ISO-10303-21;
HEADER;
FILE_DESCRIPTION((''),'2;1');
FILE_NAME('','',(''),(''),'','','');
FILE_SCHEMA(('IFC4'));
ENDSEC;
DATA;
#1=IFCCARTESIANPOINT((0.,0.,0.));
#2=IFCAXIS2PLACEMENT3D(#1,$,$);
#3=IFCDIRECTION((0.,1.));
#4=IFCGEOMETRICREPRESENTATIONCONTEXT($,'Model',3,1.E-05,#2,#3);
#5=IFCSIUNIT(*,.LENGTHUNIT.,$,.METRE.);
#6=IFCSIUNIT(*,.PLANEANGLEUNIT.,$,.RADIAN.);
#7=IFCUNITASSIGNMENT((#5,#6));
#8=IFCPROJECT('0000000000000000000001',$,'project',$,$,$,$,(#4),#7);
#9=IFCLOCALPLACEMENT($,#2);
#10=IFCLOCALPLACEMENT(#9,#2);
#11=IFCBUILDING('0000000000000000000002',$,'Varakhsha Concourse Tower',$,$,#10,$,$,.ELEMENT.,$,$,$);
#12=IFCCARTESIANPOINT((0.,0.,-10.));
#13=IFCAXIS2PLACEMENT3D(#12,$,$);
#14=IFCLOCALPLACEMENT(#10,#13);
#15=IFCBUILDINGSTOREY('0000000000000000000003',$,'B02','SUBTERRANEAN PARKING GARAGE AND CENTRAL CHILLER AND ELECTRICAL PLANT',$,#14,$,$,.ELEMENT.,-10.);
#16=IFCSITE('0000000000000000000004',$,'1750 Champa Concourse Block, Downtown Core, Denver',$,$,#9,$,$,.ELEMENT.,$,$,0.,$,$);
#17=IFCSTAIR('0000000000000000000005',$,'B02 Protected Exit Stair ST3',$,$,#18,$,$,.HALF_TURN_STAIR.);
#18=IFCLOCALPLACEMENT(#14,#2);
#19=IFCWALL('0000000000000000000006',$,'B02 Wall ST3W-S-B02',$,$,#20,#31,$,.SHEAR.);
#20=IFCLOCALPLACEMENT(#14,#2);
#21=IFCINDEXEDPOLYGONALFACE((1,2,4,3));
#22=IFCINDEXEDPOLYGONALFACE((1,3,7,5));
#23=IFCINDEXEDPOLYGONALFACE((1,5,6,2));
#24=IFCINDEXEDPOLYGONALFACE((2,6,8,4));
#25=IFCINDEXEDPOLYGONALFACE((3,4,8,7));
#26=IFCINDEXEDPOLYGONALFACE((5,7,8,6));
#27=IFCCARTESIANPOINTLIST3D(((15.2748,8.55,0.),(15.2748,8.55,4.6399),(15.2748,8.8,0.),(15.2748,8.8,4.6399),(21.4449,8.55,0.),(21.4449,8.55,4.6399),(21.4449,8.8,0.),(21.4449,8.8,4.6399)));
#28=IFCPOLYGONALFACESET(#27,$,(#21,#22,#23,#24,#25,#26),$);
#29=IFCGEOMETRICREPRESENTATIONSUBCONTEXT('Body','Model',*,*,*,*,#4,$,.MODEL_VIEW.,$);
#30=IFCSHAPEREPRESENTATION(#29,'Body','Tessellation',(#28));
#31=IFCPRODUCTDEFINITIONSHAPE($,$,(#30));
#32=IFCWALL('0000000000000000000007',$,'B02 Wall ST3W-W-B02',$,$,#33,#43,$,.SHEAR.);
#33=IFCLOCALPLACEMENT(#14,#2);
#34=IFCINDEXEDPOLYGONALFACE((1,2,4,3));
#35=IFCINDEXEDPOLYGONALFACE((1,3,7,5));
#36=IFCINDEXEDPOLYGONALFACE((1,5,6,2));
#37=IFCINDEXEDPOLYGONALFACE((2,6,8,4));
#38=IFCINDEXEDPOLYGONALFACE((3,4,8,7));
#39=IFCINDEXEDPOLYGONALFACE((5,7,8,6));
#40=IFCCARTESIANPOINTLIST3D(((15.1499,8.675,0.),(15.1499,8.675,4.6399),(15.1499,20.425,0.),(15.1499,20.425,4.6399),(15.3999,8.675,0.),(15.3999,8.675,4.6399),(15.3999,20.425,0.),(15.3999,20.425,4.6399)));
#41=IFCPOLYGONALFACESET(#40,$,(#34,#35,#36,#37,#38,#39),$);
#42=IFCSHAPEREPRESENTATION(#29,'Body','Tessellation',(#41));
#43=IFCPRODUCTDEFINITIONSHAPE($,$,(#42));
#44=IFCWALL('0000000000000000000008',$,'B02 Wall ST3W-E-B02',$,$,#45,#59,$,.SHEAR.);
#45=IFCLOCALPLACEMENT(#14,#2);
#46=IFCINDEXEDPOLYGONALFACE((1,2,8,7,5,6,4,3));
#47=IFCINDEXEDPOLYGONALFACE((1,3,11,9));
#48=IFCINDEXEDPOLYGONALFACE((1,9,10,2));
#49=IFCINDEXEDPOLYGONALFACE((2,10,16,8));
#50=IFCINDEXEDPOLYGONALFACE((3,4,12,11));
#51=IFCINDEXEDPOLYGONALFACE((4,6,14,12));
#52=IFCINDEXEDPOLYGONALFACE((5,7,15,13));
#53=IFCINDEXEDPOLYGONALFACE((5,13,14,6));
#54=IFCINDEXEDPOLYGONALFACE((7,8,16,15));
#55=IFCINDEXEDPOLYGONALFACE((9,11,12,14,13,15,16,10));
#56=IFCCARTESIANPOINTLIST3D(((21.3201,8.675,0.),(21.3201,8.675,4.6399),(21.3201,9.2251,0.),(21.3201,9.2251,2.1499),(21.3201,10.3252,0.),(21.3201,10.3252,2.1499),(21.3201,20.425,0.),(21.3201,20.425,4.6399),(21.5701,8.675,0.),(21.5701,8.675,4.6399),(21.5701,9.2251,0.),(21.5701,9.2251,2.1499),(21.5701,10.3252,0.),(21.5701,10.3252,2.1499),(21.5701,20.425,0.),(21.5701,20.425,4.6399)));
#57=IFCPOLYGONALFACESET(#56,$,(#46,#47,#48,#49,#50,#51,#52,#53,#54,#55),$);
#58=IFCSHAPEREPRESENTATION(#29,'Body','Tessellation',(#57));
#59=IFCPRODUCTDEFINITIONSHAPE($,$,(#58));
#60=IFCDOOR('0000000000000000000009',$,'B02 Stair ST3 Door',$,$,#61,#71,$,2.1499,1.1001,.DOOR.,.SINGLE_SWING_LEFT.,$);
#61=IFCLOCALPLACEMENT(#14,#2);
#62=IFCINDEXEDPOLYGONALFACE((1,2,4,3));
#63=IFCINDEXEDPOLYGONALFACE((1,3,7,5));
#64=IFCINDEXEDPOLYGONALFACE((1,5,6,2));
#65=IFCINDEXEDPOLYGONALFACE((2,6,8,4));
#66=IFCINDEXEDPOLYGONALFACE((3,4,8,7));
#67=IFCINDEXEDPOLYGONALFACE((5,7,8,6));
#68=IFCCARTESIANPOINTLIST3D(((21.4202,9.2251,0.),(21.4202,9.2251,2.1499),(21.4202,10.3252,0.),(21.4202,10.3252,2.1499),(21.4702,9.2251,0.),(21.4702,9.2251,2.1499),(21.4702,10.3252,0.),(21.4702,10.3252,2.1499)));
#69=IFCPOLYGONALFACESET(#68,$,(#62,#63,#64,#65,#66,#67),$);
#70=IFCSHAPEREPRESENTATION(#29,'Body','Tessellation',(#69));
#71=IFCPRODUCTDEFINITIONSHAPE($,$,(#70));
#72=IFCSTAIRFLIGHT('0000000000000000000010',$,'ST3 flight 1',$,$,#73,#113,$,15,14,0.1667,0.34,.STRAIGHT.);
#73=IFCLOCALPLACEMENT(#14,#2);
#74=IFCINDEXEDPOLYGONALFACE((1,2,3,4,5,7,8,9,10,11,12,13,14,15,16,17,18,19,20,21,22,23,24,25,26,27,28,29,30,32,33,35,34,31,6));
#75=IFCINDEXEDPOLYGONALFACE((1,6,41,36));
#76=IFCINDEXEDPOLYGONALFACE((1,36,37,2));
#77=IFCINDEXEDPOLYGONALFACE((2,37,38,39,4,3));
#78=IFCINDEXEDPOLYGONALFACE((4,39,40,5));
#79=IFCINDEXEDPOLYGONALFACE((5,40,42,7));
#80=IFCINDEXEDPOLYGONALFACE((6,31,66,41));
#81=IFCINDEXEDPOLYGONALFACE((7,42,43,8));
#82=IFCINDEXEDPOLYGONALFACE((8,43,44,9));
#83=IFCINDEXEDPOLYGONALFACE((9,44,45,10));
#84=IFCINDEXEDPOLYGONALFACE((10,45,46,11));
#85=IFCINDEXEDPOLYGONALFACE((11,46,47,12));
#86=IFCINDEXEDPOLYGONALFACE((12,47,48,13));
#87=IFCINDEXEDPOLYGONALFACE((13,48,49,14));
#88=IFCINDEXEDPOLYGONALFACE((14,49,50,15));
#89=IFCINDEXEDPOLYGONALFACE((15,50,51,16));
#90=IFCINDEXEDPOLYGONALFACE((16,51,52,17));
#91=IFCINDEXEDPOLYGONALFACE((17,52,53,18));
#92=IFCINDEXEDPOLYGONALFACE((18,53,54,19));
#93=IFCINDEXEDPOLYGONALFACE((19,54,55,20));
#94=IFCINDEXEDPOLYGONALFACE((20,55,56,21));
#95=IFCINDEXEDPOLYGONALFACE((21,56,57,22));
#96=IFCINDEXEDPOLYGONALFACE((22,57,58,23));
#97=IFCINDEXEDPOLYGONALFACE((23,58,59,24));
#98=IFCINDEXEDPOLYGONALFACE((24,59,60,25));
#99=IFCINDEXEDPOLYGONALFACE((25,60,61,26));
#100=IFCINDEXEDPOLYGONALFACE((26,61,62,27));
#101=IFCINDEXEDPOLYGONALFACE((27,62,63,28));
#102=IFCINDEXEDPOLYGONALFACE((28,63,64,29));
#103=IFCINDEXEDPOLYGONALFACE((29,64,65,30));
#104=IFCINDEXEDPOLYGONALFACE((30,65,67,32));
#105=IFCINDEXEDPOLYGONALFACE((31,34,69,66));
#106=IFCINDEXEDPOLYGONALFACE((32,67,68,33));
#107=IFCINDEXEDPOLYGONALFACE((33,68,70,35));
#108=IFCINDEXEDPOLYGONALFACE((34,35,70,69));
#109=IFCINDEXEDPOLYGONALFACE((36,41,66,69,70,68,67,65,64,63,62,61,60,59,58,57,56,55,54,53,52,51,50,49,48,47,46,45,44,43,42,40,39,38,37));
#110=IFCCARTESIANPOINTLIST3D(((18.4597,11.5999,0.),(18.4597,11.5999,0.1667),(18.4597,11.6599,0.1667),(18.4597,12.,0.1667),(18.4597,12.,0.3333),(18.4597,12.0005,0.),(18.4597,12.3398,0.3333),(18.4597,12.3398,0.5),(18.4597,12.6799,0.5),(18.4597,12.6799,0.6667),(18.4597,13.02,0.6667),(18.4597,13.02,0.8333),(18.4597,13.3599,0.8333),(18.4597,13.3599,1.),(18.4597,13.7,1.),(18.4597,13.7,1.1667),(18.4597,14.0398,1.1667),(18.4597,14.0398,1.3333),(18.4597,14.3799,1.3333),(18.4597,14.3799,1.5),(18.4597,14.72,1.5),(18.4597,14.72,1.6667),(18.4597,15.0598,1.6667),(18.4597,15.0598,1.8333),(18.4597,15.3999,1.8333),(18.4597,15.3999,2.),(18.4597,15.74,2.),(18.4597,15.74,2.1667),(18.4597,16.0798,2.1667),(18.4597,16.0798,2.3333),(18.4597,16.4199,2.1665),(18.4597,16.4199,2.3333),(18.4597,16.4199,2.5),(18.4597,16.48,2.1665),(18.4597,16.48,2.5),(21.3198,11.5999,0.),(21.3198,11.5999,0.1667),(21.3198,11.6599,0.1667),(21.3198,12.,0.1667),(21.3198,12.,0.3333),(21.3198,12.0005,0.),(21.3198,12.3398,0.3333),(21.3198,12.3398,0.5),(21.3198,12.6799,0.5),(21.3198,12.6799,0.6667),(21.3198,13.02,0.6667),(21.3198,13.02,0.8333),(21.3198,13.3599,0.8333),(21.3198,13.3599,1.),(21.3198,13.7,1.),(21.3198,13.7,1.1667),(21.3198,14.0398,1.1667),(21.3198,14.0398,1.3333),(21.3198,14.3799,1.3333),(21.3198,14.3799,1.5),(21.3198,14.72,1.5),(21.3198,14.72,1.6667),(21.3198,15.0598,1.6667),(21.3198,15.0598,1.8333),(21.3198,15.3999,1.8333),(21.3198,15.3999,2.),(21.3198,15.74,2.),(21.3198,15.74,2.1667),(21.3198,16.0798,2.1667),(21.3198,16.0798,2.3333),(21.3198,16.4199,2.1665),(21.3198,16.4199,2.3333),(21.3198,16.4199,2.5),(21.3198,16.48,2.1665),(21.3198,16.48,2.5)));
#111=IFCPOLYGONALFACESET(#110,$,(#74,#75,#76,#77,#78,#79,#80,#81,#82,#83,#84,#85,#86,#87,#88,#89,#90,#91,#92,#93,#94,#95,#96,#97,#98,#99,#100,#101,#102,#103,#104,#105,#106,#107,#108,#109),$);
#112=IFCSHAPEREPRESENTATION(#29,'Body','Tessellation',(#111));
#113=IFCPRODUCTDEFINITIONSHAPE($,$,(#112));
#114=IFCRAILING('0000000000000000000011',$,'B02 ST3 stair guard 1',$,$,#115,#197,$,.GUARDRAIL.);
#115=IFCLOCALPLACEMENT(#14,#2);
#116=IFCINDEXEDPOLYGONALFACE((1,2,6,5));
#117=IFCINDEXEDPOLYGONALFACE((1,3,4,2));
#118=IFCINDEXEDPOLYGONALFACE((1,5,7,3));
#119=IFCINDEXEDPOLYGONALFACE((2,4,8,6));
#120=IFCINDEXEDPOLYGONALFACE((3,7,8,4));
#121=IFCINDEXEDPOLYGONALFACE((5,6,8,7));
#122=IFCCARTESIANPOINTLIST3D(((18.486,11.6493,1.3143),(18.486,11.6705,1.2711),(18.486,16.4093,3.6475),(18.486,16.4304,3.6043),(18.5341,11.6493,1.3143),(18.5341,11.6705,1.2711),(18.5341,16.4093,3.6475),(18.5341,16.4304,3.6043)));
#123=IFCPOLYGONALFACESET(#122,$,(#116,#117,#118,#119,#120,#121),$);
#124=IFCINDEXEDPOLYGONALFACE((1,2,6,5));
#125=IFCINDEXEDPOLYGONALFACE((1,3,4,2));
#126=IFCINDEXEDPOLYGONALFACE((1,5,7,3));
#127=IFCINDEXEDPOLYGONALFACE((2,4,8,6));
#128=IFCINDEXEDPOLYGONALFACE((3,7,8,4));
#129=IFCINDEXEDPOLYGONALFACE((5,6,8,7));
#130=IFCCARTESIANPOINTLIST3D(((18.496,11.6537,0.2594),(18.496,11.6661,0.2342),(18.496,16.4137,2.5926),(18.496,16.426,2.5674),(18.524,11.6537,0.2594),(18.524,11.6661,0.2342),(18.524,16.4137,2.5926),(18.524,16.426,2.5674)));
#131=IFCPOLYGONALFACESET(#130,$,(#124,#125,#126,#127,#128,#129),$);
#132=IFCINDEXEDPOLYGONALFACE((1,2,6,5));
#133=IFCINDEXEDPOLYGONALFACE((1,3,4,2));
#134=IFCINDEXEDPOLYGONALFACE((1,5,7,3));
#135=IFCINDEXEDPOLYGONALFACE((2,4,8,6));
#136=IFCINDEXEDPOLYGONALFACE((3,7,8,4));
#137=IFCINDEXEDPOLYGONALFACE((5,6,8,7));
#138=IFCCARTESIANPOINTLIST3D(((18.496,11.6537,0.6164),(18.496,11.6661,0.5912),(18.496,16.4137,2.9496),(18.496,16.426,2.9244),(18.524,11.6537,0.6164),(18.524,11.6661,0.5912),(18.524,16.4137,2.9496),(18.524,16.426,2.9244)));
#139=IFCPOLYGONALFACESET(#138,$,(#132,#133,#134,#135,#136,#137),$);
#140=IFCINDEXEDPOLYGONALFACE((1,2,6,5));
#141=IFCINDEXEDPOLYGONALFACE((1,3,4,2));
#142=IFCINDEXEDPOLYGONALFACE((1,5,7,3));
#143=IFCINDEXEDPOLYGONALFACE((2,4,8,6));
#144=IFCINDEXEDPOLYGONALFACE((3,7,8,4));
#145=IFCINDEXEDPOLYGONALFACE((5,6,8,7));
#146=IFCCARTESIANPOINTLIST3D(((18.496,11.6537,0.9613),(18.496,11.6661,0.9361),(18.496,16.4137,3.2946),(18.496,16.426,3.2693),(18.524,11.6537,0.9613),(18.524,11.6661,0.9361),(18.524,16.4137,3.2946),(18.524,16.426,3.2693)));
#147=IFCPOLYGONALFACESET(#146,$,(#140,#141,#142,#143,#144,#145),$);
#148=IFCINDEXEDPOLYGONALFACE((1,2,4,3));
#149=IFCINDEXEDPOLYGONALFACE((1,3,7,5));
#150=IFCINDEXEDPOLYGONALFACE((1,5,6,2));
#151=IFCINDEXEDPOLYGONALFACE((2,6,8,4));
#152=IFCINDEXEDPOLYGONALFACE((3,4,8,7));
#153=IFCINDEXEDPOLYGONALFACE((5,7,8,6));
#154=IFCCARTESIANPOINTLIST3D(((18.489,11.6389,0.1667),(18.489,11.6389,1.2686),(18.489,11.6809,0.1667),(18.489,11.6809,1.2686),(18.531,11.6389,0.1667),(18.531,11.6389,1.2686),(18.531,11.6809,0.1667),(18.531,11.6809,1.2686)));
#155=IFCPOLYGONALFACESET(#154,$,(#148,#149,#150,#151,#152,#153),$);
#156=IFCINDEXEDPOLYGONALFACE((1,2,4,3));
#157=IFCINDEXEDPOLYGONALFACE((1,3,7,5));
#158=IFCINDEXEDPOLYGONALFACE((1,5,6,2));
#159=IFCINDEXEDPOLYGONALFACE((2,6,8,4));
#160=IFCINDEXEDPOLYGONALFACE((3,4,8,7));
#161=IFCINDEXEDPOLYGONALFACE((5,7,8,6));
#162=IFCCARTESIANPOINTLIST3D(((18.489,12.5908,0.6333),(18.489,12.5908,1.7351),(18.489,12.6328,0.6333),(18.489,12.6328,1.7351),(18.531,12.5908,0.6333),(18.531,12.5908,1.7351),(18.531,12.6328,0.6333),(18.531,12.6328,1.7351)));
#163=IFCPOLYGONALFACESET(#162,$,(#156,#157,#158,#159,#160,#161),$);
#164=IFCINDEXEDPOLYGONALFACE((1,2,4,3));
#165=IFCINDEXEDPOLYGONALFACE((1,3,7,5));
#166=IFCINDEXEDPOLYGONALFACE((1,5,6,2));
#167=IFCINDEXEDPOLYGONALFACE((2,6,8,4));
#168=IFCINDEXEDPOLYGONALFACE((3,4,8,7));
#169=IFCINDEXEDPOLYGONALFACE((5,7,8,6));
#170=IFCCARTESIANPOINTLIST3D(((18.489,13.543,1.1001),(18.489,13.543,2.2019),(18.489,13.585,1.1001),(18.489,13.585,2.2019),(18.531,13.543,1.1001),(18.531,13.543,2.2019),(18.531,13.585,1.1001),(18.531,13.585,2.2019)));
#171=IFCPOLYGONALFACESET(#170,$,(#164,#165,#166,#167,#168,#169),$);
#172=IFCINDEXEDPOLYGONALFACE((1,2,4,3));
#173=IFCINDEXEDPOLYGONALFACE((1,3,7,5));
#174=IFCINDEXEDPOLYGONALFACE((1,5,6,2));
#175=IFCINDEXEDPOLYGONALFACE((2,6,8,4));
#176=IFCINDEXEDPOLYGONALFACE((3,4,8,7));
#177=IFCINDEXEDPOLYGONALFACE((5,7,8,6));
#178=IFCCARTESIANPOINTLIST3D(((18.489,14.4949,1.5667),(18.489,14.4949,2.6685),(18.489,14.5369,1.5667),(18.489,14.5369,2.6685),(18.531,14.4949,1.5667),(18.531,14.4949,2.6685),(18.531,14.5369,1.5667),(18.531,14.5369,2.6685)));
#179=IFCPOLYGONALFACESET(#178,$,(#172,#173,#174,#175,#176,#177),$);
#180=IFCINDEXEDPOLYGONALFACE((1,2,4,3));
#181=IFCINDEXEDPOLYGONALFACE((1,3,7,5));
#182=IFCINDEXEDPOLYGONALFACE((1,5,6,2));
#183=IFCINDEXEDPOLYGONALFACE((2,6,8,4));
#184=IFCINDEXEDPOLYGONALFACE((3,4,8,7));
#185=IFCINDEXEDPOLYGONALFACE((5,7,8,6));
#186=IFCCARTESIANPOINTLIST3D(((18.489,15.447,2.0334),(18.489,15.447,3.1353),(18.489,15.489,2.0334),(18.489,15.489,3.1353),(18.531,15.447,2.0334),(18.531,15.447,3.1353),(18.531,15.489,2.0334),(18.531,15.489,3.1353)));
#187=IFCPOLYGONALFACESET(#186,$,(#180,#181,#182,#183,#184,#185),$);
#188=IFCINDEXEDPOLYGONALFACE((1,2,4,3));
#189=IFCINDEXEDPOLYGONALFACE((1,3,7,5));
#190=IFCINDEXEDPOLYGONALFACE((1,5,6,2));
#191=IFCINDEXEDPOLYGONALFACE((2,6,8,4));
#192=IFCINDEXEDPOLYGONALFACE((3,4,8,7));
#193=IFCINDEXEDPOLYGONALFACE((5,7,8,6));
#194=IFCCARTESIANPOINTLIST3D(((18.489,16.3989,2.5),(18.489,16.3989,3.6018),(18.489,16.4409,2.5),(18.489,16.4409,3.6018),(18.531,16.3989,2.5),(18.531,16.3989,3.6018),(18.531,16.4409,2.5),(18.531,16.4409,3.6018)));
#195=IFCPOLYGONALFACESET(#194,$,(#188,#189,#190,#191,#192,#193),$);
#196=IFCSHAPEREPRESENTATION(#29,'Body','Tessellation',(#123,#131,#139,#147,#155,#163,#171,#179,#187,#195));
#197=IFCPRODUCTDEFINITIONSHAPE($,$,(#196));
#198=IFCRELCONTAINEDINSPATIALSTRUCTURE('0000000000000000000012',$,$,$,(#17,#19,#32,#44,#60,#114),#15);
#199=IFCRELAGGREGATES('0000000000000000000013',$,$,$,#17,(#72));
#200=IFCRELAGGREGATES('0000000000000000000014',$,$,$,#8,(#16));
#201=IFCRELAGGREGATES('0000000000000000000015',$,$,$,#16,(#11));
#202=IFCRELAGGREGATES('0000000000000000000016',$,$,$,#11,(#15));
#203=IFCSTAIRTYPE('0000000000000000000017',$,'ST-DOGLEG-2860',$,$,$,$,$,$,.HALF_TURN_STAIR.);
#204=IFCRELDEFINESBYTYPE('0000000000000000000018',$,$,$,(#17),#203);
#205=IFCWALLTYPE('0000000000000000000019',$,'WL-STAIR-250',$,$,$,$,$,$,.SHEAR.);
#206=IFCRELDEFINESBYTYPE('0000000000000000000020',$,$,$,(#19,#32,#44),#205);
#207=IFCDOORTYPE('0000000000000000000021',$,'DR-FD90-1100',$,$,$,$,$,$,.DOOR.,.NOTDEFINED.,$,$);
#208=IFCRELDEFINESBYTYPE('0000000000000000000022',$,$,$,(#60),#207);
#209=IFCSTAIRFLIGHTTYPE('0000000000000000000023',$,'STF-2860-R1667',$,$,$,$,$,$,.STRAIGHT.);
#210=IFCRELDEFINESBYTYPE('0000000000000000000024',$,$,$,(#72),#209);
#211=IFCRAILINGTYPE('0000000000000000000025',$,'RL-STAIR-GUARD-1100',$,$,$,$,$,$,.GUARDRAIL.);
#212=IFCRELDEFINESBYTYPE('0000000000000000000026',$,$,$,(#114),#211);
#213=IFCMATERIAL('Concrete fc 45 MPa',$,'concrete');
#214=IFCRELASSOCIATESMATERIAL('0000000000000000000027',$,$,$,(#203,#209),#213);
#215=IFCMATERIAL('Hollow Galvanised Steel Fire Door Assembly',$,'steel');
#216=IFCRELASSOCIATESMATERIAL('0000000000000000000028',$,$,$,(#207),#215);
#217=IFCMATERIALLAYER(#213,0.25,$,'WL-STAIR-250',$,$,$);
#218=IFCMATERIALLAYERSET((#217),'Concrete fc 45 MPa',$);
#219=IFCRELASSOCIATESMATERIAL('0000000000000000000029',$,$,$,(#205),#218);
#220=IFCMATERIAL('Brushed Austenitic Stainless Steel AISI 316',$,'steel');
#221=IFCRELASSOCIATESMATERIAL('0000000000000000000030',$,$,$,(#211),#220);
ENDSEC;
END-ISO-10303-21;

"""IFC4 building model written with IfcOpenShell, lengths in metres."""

from ifc_helpers import new_model, si_unit, direction, frame, frame_2d, origin, origin_2d, place, context, subcontext, project, spatial, polyline, rectangle, outline, extrude, material, layer, layer_set, type_object, element, fill, aggregate, save


model = new_model("IFC4")

# Units and contexts
model_context = context("Model", 3, precision=1e-05, world=origin(), true_north=direction((0.0, 1.0)))
body_context = subcontext(model_context, "Body", "Model", "MODEL_VIEW")
ifc_project = project(units=[si_unit("LENGTHUNIT", "METRE"), si_unit("PLANEANGLEUNIT", "RADIAN")], contexts=[model_context])

# Site, building, storey
site_placement = place(None, origin())
site = spatial("IfcSite", under=ifc_project, at=site_placement, Name="1750 Champa Concourse Block, Downtown Core, Denver", CompositionType="ELEMENT", RefElevation=0.0)
building_placement = place(site_placement, origin())
building = spatial("IfcBuilding", under=site, at=building_placement, Name="Varakhsha Concourse Tower", CompositionType="ELEMENT")
storey_placement = place(building_placement, frame((0.0, 0.0, -10.0)))
storey = spatial("IfcBuildingStorey", under=building, at=storey_placement, Name="B02", Description="SUBTERRANEAN PARKING GARAGE AND CENTRAL CHILLER AND ELECTRICAL PLANT", CompositionType="ELEMENT", Elevation=-10.0)

# Stair
ifc_material_1 = material(Name="Concrete fc 45 MPa", Category="concrete")
stair_type_1 = type_object("IfcStairType", Name="ST-DOGLEG-2860", PredefinedType="HALF_TURN_STAIR", material=ifc_material_1)
stair_1_placement = place(storey_placement, origin())
stair_1 = element("IfcStair", 1, at=stair_1_placement, inside=storey, type_object=stair_type_1, Name="B02 Protected Exit Stair ST3", PredefinedType="HALF_TURN_STAIR")

# Shared definitions
ifc_material_2 = material(Name="Hollow Galvanised Steel Fire Door Assembly", Category="steel")
door_type = type_object("IfcDoorType", Name="DR-FD90-1100", OperationType="NOTDEFINED", PredefinedType="DOOR", material=ifc_material_2)

# Walls
ifc_layer_1 = layer(ifc_material_1, 0.25, Name="WL-STAIR-250")
ifc_layer_set_1 = layer_set([ifc_layer_1], Name="Concrete fc 45 MPa")
wall_type_1 = type_object("IfcWallType", Name="WL-STAIR-250", PredefinedType="SHEAR", material=ifc_layer_set_1)
wall_1_placement = place(storey_placement, frame((15.2749, 8.675, 0.0), z_axis=(0.0, 0.0, 1.0), x_axis=(1.0, 0.0, 0.0)))
element("IfcWall", 2, at=wall_1_placement, inside=storey, type_object=wall_type_1, Name="B02 Wall ST3W-S-B02", PredefinedType="SHEAR", context=body_context, shape_type="SweptSolid", body=[
    extrude(rectangle(XDim=6.1702, YDim=0.25, at=frame_2d((3.085, 0.0))), origin(), (0.0, 0.0, 1.0), 4.6399),
])
wall_2_placement = place(storey_placement, frame((15.2749, 8.675, 0.0), z_axis=(0.0, 0.0, 1.0), x_axis=(0.0, 1.0, 0.0)))
element("IfcWall", 3, at=wall_2_placement, inside=storey, type_object=wall_type_1, Name="B02 Wall ST3W-W-B02", PredefinedType="SHEAR", context=body_context, shape_type="SweptSolid", body=[
    extrude(rectangle(XDim=11.75, YDim=0.25, at=frame_2d((5.875, 0.0))), origin(), (0.0, 0.0, 1.0), 4.6399),
])

# Wall, opening, door
wall_3_placement = place(storey_placement, frame((21.4451, 8.675, 0.0), z_axis=(0.0, 0.0, 1.0), x_axis=(0.0, 1.0, 0.0)))
wall_3 = element("IfcWall", 4, at=wall_3_placement, inside=storey, type_object=wall_type_1, Name="B02 Wall ST3W-E-B02", PredefinedType="SHEAR", context=body_context, shape_type="SweptSolid", body=[
    extrude(rectangle(XDim=11.75, YDim=0.25, at=frame_2d((5.875, 0.0))), origin(), (0.0, 0.0, 1.0), 4.6399),
])
opening_1_placement = place(wall_3_placement, frame((0.55, 0.0, 0.0)))
opening_1 = element("IfcOpeningElement", 5, at=opening_1_placement, cuts=wall_3, PredefinedType="OPENING", context=body_context, shape_type="SweptSolid", body=[
    extrude(rectangle(XDim=1.1001, YDim=2.1499, at=frame_2d((0.55, 1.075))), frame((0.0, 0.135, 0.0), z_axis=(0.0, -1.0, 0.0), x_axis=(1.0, 0.0, 0.0)), (0.0, 0.0, 1.0), 0.27),
])
door_1_placement = place(opening_1_placement, origin())
door_1 = element("IfcDoor", 6, at=door_1_placement, inside=storey, type_object=door_type, Name="B02 Stair ST3 Door", OperationType="SINGLE_SWING_LEFT", OverallHeight=2.1499, OverallWidth=1.1001, PredefinedType="DOOR", context=body_context, shape_type="SweptSolid", body=[
    extrude(rectangle(XDim=1.1001, YDim=2.1499, at=frame_2d((0.55, 1.075))), frame((0.0, 0.0249, 0.0), z_axis=(0.0, -1.0, 0.0), x_axis=(1.0, 0.0, 0.0)), (0.0, 0.0, 1.0), 0.05),
])
fill(opening_1, door_1)

# Stair flight
stair_flight_type = type_object("IfcStairFlightType", Name="STF-2860-R1667", PredefinedType="STRAIGHT", material=ifc_material_1)
stair_flight_placement = place(storey_placement, frame((19.8899, 11.6599, 0.0), z_axis=(0.0, 0.0, 1.0), x_axis=(0.0, 1.0, 0.0)))
stair_flight = element("IfcStairFlight", 7, at=stair_flight_placement, type_object=stair_flight_type, Name="ST3 flight 1", NumberOfRisers=15, NumberOfTreads=14, PredefinedType="STRAIGHT", RiserHeight=0.1667, TreadLength=0.34, context=body_context, shape_type="SweptSolid", body=[
    extrude(outline(polyline([(-0.0601, 0.0), (-0.0601, 0.1667), (0.0, 0.1667), (0.3401, 0.1667), (0.3401, 0.3333), (0.6799, 0.3333), (0.6799, 0.5), (1.02, 0.5), (1.02, 0.6667), (1.3601, 0.6667), (1.3601, 0.8333), (1.7, 0.8333), (1.7, 1.0), (2.04, 1.0), (2.04, 1.1667), (2.3799, 1.1667), (2.3799, 1.3333), (2.72, 1.3333), (2.72, 1.5), (3.0601, 1.5), (3.0601, 1.6667), (3.3999, 1.6667), (3.3999, 1.8333), (3.74, 1.8333), (3.74, 2.0), (4.0801, 2.0), (4.0801, 2.1667), (4.4199, 2.1667), (4.4199, 2.3333), (4.76, 2.3333), (4.76, 2.5), (4.8201, 2.5), (4.8201, 2.1665), (4.76, 2.1665), (0.3406, 0.0), (-0.0601, 0.0)])), frame((0.0, 1.4302, 0.0), z_axis=(0.0, -1.0, 0.0), x_axis=(1.0, 0.0, 0.0)), (0.0, 0.0, 1.0), 2.8601),
])
aggregate(stair_1, [stair_flight])

# Railing
ifc_material_3 = material(Name="Brushed Austenitic Stainless Steel AISI 316", Category="steel")
railing_type_1 = type_object("IfcRailingType", Name="RL-STAIR-GUARD-1100", PredefinedType="GUARDRAIL", material=ifc_material_3)
railing_1_placement = place(storey_placement, frame((18.51, 11.6599, 0.1667)))
element("IfcRailing", 8, at=railing_1_placement, inside=storey, type_object=railing_type_1, Name="B02 ST3 stair guard 1", PredefinedType="GUARDRAIL", context=body_context, shape_type="SweptSolid", body=[
    extrude(rectangle(XDim=0.0481, YDim=0.0481, at=origin_2d()), frame((0.0, 0.0, 1.126), z_axis=(0.0, 0.897927, 0.440144), x_axis=(-1.0, 0.0, 0.0)), (0.0, 0.0, 1.0), 5.301),
    extrude(rectangle(XDim=0.0281, YDim=0.0281, at=origin_2d()), frame((0.0, 0.0, 0.0801), z_axis=(0.0, 0.897927, 0.440144), x_axis=(-1.0, 0.0, 0.0)), (0.0, 0.0, 1.0), 5.301),
    extrude(rectangle(XDim=0.0281, YDim=0.0281, at=origin_2d()), frame((0.0, 0.0, 0.437), z_axis=(0.0, 0.897927, 0.440144), x_axis=(-1.0, 0.0, 0.0)), (0.0, 0.0, 1.0), 5.301),
    extrude(rectangle(XDim=0.0281, YDim=0.0281, at=origin_2d()), frame((0.0, 0.0, 0.782), z_axis=(0.0, 0.897927, 0.440144), x_axis=(-1.0, 0.0, 0.0)), (0.0, 0.0, 1.0), 5.301),
    extrude(rectangle(XDim=0.042, YDim=0.042, at=origin_2d()), origin(), (0.0, 0.0, 1.0), 1.1018),
    extrude(rectangle(XDim=0.042, YDim=0.042, at=origin_2d()), frame((0.0, 0.9519, 0.4666)), (0.0, 0.0, 1.0), 1.1018),
    extrude(rectangle(XDim=0.042, YDim=0.042, at=origin_2d()), frame((0.0, 1.9041, 0.9333)), (0.0, 0.0, 1.0), 1.1018),
    extrude(rectangle(XDim=0.042, YDim=0.042, at=origin_2d()), frame((0.0, 2.856, 1.3999)), (0.0, 0.0, 1.0), 1.1018),
    extrude(rectangle(XDim=0.042, YDim=0.042, at=origin_2d()), frame((0.0, 3.8081, 1.8667)), (0.0, 0.0, 1.0), 1.1018),
    extrude(rectangle(XDim=0.042, YDim=0.042, at=origin_2d()), frame((0.0, 4.76, 2.3333)), (0.0, 0.0, 1.0), 1.1018),
])

save(model, "model.ifc")
